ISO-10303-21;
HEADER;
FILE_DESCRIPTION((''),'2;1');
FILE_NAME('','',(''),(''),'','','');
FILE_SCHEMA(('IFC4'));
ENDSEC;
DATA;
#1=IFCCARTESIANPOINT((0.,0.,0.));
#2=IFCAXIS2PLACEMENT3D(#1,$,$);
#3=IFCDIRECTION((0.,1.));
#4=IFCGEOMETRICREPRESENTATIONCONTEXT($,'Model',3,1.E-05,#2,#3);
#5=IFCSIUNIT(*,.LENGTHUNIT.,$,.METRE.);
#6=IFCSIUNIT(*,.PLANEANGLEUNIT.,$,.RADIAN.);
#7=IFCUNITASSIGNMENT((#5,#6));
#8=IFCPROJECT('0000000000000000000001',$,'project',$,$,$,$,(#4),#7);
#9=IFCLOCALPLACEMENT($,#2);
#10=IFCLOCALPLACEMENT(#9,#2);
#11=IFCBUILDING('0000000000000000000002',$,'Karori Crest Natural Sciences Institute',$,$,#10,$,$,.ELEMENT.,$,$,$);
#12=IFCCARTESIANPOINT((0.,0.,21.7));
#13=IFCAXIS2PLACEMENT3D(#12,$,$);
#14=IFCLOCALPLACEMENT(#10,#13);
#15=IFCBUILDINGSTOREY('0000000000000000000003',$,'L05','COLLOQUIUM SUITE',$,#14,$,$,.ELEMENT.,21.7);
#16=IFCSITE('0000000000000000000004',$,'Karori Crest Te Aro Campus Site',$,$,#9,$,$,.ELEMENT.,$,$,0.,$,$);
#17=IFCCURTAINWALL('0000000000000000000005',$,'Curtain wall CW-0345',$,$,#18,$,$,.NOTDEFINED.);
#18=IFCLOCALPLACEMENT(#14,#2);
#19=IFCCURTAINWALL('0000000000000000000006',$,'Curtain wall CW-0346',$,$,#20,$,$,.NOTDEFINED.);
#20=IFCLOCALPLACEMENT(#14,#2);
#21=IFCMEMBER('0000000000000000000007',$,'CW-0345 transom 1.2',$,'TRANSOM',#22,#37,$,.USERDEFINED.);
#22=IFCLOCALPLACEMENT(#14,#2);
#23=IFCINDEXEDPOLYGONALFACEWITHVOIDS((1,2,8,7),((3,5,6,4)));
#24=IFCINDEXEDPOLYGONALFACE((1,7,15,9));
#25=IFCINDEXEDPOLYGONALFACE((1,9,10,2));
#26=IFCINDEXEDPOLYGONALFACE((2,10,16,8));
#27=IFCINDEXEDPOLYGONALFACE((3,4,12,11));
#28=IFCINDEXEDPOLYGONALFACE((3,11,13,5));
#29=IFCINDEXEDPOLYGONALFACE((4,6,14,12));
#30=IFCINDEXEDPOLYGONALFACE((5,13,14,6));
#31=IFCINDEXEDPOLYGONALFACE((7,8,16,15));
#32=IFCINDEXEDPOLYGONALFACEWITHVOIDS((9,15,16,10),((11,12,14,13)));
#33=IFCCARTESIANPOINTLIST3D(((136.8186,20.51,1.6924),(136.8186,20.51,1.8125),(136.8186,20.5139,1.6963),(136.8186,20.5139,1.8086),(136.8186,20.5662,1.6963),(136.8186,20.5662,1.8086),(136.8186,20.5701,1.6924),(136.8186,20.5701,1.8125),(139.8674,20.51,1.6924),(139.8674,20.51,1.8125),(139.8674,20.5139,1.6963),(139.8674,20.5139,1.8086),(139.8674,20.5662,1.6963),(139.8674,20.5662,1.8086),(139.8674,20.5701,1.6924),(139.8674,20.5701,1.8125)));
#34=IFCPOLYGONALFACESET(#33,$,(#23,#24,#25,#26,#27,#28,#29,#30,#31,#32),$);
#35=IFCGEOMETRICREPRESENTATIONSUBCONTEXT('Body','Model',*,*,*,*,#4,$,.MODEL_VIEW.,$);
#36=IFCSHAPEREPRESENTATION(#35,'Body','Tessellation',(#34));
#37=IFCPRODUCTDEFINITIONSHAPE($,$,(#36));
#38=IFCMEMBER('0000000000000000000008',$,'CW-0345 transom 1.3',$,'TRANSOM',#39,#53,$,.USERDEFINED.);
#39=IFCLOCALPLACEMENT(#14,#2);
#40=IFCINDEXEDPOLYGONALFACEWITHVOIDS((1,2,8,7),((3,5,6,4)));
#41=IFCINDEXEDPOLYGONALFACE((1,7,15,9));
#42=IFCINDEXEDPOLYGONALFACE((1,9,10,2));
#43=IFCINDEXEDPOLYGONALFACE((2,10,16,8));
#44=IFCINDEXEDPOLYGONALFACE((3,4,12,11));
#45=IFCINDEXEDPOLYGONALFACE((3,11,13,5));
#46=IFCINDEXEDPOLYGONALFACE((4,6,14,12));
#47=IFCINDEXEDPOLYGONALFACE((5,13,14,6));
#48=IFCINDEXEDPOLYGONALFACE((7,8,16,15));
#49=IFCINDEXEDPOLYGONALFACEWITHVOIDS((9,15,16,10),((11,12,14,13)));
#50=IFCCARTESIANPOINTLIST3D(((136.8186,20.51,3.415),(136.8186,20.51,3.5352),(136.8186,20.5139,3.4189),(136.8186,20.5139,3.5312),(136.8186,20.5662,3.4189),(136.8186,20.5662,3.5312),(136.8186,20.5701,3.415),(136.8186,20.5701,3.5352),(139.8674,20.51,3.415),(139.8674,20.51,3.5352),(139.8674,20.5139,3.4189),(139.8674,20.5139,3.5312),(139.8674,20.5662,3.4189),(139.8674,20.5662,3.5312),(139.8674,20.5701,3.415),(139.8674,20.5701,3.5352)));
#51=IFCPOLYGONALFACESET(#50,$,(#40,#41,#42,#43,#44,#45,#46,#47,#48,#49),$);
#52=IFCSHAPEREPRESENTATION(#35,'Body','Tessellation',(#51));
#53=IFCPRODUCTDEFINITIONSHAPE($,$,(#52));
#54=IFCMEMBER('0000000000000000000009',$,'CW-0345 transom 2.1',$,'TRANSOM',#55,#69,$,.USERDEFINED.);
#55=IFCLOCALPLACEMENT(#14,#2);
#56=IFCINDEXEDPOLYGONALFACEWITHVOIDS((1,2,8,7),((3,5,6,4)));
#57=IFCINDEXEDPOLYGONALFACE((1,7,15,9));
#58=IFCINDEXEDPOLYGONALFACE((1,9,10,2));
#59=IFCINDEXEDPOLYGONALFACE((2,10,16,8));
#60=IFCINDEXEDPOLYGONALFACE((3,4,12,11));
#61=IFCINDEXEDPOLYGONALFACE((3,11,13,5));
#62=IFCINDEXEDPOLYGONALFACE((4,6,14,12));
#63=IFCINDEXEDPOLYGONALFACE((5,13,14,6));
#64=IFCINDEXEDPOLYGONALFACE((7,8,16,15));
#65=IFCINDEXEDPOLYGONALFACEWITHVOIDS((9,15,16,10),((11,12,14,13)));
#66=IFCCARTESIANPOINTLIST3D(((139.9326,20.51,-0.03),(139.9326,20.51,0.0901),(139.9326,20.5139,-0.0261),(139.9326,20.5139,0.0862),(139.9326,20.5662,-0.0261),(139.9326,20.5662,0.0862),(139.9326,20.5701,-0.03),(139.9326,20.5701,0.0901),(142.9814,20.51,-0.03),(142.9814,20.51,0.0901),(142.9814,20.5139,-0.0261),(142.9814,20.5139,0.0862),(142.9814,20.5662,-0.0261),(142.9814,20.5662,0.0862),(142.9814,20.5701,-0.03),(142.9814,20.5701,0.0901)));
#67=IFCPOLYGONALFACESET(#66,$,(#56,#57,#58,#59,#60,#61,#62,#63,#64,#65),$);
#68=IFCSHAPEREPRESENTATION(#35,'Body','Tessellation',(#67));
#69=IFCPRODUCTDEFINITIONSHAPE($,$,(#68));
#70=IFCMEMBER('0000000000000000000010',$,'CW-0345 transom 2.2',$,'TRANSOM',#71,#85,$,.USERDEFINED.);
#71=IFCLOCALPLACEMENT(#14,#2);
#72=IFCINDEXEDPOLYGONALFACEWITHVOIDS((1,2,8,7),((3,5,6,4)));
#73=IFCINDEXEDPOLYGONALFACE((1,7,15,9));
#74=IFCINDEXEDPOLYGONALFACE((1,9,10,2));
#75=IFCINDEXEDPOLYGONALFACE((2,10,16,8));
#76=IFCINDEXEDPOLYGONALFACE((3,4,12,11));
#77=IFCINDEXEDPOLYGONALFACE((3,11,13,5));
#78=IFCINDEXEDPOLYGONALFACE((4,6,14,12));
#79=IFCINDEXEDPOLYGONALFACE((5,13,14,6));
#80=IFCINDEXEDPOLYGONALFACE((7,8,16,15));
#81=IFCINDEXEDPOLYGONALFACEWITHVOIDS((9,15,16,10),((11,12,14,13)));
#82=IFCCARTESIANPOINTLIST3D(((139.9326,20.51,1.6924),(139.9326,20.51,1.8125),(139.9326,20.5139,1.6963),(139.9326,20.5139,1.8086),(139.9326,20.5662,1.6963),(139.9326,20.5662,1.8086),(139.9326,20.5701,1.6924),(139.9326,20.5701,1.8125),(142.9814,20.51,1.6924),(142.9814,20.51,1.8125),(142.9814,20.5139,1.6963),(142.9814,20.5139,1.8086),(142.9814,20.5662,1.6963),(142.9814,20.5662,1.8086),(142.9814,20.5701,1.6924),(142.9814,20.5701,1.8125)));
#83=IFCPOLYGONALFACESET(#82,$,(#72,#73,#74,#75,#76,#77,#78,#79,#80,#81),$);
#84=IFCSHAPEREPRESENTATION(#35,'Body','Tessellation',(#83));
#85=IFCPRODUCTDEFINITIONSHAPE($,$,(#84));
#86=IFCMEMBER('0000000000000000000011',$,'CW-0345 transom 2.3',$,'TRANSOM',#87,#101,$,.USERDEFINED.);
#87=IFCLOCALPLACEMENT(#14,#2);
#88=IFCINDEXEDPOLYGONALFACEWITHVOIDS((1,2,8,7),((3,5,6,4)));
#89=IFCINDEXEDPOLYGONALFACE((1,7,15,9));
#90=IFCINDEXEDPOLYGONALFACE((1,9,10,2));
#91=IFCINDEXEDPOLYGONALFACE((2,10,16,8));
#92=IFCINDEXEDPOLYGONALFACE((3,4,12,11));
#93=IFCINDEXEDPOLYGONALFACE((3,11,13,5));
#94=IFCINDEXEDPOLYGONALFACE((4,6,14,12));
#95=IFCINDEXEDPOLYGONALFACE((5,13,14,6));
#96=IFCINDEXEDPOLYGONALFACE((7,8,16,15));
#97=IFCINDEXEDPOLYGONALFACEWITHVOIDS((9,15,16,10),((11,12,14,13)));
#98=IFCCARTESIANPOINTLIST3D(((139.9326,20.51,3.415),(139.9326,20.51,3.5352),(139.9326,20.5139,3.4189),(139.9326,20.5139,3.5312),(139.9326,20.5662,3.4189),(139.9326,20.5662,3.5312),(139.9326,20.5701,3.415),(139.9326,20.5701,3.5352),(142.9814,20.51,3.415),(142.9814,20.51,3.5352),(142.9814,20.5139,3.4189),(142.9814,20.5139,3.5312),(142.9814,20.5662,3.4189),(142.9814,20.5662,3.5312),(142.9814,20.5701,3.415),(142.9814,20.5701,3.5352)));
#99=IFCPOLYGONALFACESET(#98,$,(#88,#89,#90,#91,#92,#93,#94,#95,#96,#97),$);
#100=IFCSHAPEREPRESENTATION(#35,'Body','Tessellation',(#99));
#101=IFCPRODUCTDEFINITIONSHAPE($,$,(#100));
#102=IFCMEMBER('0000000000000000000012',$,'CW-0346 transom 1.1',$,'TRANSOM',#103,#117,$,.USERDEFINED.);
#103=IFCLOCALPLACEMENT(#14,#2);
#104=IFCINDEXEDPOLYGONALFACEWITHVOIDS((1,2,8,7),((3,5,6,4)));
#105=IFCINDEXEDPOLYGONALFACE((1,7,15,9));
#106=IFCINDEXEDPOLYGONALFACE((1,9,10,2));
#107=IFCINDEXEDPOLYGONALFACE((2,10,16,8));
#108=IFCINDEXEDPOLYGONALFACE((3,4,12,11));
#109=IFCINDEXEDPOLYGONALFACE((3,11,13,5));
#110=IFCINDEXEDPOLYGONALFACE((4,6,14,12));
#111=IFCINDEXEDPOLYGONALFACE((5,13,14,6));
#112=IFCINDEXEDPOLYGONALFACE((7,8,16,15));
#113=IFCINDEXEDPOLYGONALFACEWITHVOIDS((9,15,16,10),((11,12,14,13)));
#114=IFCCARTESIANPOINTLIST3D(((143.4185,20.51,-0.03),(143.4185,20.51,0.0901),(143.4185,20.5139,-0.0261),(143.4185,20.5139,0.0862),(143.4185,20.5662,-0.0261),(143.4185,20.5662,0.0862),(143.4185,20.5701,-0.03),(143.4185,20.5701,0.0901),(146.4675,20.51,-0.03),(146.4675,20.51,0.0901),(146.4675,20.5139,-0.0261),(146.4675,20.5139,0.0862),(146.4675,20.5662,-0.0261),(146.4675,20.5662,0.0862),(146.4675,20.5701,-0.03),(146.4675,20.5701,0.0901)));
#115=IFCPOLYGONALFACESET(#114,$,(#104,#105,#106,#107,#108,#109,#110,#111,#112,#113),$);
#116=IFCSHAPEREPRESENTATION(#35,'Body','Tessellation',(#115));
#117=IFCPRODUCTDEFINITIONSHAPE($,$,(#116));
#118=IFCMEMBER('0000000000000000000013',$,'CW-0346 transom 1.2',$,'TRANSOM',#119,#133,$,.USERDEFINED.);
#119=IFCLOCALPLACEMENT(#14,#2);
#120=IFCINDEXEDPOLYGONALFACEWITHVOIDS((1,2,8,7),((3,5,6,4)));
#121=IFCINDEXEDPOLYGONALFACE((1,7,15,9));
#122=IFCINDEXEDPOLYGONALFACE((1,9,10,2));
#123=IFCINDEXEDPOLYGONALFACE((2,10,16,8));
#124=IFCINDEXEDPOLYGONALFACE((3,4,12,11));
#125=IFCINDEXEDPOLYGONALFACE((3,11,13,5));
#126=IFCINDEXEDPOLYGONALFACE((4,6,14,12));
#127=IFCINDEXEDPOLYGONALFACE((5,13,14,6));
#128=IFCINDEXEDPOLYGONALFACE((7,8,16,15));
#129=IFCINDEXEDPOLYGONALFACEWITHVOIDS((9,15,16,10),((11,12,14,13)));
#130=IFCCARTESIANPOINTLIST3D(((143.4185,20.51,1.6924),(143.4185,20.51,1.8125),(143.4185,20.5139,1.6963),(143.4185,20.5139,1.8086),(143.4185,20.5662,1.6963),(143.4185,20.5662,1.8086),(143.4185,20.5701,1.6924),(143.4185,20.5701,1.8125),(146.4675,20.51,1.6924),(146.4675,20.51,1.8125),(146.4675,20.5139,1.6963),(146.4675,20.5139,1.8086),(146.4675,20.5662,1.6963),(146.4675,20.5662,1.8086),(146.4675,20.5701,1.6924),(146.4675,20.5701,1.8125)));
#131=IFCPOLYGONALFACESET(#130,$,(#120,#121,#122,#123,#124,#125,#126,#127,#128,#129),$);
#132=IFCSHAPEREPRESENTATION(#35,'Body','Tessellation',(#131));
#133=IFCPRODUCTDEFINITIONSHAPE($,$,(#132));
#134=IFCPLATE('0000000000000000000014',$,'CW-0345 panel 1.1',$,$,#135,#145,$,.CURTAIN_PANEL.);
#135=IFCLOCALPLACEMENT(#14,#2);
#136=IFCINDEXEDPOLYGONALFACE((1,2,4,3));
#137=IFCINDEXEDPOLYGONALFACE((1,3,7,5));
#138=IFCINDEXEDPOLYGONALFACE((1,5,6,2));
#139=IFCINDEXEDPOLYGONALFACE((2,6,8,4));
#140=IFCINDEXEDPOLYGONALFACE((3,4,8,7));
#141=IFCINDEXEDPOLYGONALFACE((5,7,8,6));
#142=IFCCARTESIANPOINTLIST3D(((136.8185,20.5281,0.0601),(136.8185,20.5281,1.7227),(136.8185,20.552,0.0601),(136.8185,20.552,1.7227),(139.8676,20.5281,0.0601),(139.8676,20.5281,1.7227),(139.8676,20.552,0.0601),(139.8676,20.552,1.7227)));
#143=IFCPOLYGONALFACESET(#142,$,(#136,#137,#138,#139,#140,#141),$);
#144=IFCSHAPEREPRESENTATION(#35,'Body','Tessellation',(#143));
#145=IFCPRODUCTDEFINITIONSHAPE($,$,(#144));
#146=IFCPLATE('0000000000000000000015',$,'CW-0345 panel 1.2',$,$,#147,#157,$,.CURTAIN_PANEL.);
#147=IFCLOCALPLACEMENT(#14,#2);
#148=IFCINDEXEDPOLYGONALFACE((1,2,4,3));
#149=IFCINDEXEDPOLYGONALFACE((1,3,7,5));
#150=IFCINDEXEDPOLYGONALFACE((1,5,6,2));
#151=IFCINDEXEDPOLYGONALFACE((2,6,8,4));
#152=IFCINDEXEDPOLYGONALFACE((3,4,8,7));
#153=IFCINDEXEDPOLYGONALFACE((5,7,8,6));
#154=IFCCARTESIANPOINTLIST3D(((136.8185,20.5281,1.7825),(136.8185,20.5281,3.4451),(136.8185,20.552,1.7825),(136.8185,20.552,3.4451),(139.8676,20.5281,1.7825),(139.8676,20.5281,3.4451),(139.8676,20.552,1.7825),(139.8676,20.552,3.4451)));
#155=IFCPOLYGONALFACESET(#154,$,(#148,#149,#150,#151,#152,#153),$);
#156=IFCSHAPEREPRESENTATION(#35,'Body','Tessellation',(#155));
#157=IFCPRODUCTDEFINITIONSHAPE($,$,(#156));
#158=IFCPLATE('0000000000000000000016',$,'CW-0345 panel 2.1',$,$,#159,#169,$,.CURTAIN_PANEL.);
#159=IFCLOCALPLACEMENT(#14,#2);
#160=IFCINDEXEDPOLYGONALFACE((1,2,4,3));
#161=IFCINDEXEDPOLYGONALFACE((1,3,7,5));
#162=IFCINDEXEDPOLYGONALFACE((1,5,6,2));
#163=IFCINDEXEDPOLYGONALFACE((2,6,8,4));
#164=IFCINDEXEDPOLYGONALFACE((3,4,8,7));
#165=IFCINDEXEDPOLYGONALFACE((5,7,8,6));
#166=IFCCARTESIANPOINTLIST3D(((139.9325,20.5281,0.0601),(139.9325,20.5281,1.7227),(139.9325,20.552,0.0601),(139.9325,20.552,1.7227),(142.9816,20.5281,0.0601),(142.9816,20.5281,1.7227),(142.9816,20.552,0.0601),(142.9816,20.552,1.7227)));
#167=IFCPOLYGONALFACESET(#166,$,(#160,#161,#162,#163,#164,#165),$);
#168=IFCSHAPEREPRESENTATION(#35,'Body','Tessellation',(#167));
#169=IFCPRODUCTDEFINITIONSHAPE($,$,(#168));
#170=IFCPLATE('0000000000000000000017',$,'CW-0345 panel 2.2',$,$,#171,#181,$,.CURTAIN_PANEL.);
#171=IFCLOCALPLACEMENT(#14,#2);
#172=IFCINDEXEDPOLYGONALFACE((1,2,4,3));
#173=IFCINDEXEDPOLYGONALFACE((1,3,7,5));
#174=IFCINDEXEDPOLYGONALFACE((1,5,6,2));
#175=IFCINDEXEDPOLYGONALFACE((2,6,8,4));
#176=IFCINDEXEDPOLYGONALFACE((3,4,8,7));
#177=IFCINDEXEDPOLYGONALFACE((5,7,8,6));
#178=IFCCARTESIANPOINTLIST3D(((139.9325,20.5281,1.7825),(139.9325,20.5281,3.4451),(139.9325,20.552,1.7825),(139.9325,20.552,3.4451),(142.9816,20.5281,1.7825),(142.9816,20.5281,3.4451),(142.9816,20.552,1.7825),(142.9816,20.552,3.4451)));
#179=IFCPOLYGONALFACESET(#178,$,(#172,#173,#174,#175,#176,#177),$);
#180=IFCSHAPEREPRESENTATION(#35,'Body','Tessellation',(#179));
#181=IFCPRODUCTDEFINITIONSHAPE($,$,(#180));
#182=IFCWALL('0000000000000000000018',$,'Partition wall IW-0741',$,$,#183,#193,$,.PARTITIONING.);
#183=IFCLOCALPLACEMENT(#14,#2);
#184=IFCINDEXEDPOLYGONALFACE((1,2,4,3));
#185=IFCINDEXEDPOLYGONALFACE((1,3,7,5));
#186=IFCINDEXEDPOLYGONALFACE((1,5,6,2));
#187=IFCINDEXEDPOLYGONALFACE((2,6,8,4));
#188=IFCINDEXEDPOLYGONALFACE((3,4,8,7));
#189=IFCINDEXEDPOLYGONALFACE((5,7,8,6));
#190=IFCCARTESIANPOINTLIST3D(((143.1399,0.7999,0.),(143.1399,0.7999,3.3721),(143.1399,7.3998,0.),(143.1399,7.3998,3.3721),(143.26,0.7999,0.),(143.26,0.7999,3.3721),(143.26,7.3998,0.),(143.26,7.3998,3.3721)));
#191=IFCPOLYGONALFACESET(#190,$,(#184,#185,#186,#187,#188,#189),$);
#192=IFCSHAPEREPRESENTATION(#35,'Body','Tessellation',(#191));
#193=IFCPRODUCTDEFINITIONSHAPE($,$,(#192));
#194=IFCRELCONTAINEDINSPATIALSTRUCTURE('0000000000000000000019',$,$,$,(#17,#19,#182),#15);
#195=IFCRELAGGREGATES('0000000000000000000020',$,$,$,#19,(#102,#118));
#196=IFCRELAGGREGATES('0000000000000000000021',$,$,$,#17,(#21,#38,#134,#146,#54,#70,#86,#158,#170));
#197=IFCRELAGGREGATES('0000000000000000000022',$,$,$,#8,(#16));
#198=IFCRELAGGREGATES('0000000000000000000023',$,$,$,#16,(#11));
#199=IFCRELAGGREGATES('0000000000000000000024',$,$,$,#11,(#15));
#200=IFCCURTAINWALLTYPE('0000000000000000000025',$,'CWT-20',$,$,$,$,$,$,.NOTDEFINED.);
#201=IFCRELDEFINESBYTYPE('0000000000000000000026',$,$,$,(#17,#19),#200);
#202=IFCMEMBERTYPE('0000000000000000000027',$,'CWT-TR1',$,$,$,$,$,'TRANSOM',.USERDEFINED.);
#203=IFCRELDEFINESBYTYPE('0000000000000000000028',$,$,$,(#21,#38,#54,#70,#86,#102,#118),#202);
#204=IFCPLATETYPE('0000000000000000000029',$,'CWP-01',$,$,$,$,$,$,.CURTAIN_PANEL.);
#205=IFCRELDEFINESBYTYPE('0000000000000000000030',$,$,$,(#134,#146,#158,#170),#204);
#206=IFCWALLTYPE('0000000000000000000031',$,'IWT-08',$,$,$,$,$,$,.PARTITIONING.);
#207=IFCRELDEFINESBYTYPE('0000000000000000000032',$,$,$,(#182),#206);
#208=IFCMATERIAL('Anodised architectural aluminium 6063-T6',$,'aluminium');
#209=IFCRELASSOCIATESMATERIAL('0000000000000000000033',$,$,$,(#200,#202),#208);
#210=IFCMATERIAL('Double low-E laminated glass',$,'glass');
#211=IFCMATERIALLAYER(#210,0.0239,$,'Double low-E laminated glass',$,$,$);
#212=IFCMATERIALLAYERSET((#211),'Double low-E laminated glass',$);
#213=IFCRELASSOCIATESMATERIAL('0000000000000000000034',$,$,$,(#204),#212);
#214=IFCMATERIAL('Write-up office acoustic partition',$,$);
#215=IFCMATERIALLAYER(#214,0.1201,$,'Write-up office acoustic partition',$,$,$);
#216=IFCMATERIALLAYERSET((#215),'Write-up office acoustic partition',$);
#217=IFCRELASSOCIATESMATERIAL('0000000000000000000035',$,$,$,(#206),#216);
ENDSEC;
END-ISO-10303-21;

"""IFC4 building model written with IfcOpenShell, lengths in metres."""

from ifc_helpers import new_model, si_unit, direction, frame, frame_2d, origin, origin_2d, place, context, subcontext, project, spatial, rectangle, hollow_rectangle, extrude, material, layer, layer_set, material_profile, profile_set, type_object, element, aggregate, save


model = new_model("IFC4")

# Units and contexts
model_context = context("Model", 3, precision=1e-05, world=origin(), true_north=direction((0.0, 1.0)))
body_context = subcontext(model_context, "Body", "Model", "MODEL_VIEW")
ifc_project = project(units=[si_unit("LENGTHUNIT", "METRE"), si_unit("PLANEANGLEUNIT", "RADIAN")], contexts=[model_context])

# Site, building, storey
site_placement = place(None, origin())
site = spatial("IfcSite", under=ifc_project, at=site_placement, Name="Karori Crest Te Aro Campus Site", CompositionType="ELEMENT", RefElevation=0.0)
building_placement = place(site_placement, origin())
building = spatial("IfcBuilding", under=site, at=building_placement, Name="Karori Crest Natural Sciences Institute", CompositionType="ELEMENT")
storey_placement = place(building_placement, frame((0.0, 0.0, 21.7)))
storey = spatial("IfcBuildingStorey", under=building, at=storey_placement, Name="L05", Description="COLLOQUIUM SUITE", CompositionType="ELEMENT", Elevation=21.7)

# Curtain wall
ifc_material_1 = material(Name="Anodised architectural aluminium 6063-T6", Category="aluminium")
curtain_wall_type = type_object("IfcCurtainWallType", Name="CWT-20", PredefinedType="NOTDEFINED", material=ifc_material_1)
curtain_wall_1_placement = place(storey_placement, origin())
curtain_wall_1 = element("IfcCurtainWall", 1, at=curtain_wall_1_placement, inside=storey, type_object=curtain_wall_type, Name="Curtain wall CW-0345", PredefinedType="NOTDEFINED")

# Curtain wall
curtain_wall_2_placement = place(storey_placement, origin())
curtain_wall_2 = element("IfcCurtainWall", 2, at=curtain_wall_2_placement, inside=storey, type_object=curtain_wall_type, Name="Curtain wall CW-0346", PredefinedType="NOTDEFINED")

# Members
ifc_material_profile_1 = material_profile(ifc_material_1, hollow_rectangle(XDim=0.0601, YDim=0.1201, WallThickness=0.0039, at=origin_2d()), Name="CWT120x60x4")
ifc_profile_set_1 = profile_set([ifc_material_profile_1], Name="Anodised architectural aluminium 6063-T6")
member_type_1 = type_object("IfcMemberType", Name="CWT-TR1", ElementType="TRANSOM", PredefinedType="USERDEFINED", material=ifc_profile_set_1)
member_1_placement = place(storey_placement, frame((136.8186, 20.54, 1.7524), z_axis=(1.0, 0.0, 0.0), x_axis=(0.0, 1.0, 0.0)))
member_1 = element("IfcMember", 3, at=member_1_placement, type_object=member_type_1, Name="CW-0345 transom 1.2", ObjectType="TRANSOM", PredefinedType="USERDEFINED", context=body_context, shape_type="SweptSolid", body=[
    extrude(hollow_rectangle(XDim=0.0601, YDim=0.1201, WallThickness=0.0039, at=origin_2d()), origin(), (0.0, 0.0, 1.0), 3.0488),
])
member_2_placement = place(storey_placement, frame((136.8186, 20.54, 3.4751), z_axis=(1.0, 0.0, 0.0), x_axis=(0.0, 1.0, 0.0)))
member_2 = element("IfcMember", 4, at=member_2_placement, type_object=member_type_1, Name="CW-0345 transom 1.3", ObjectType="TRANSOM", PredefinedType="USERDEFINED", context=body_context, shape_type="SweptSolid", body=[
    extrude(hollow_rectangle(XDim=0.0601, YDim=0.1201, WallThickness=0.0039, at=origin_2d()), origin(), (0.0, 0.0, 1.0), 3.0488),
])
member_3_placement = place(storey_placement, frame((139.9326, 20.54, 0.03), z_axis=(1.0, 0.0, 0.0), x_axis=(0.0, 1.0, 0.0)))
member_3 = element("IfcMember", 5, at=member_3_placement, type_object=member_type_1, Name="CW-0345 transom 2.1", ObjectType="TRANSOM", PredefinedType="USERDEFINED", context=body_context, shape_type="SweptSolid", body=[
    extrude(hollow_rectangle(XDim=0.0601, YDim=0.1201, WallThickness=0.0039, at=origin_2d()), origin(), (0.0, 0.0, 1.0), 3.0488),
])
member_4_placement = place(storey_placement, frame((139.9326, 20.54, 1.7524), z_axis=(1.0, 0.0, 0.0), x_axis=(0.0, 1.0, 0.0)))
member_4 = element("IfcMember", 6, at=member_4_placement, type_object=member_type_1, Name="CW-0345 transom 2.2", ObjectType="TRANSOM", PredefinedType="USERDEFINED", context=body_context, shape_type="SweptSolid", body=[
    extrude(hollow_rectangle(XDim=0.0601, YDim=0.1201, WallThickness=0.0039, at=origin_2d()), origin(), (0.0, 0.0, 1.0), 3.0488),
])
member_5_placement = place(storey_placement, frame((139.9326, 20.54, 3.4751), z_axis=(1.0, 0.0, 0.0), x_axis=(0.0, 1.0, 0.0)))
member_5 = element("IfcMember", 7, at=member_5_placement, type_object=member_type_1, Name="CW-0345 transom 2.3", ObjectType="TRANSOM", PredefinedType="USERDEFINED", context=body_context, shape_type="SweptSolid", body=[
    extrude(hollow_rectangle(XDim=0.0601, YDim=0.1201, WallThickness=0.0039, at=origin_2d()), origin(), (0.0, 0.0, 1.0), 3.0488),
])
member_6_placement = place(storey_placement, frame((143.4185, 20.54, 0.03), z_axis=(1.0, 0.0, 0.0), x_axis=(0.0, 1.0, 0.0)))
member_6 = element("IfcMember", 8, at=member_6_placement, type_object=member_type_1, Name="CW-0346 transom 1.1", ObjectType="TRANSOM", PredefinedType="USERDEFINED", context=body_context, shape_type="SweptSolid", body=[
    extrude(hollow_rectangle(XDim=0.0601, YDim=0.1201, WallThickness=0.0039, at=origin_2d()), origin(), (0.0, 0.0, 1.0), 3.0491),
])
member_7_placement = place(storey_placement, frame((143.4185, 20.54, 1.7524), z_axis=(1.0, 0.0, 0.0), x_axis=(0.0, 1.0, 0.0)))
member_7 = element("IfcMember", 9, at=member_7_placement, type_object=member_type_1, Name="CW-0346 transom 1.2", ObjectType="TRANSOM", PredefinedType="USERDEFINED", context=body_context, shape_type="SweptSolid", body=[
    extrude(hollow_rectangle(XDim=0.0601, YDim=0.1201, WallThickness=0.0039, at=origin_2d()), origin(), (0.0, 0.0, 1.0), 3.0491),
])
aggregate(curtain_wall_2, [member_6, member_7])

# Plates
ifc_material_2 = material(Name="Double low-E laminated glass", Category="glass")
ifc_layer_1 = layer(ifc_material_2, 0.0239, Name="Double low-E laminated glass")
ifc_layer_set_1 = layer_set([ifc_layer_1], Name="Double low-E laminated glass")
plate_type = type_object("IfcPlateType", Name="CWP-01", PredefinedType="CURTAIN_PANEL", material=ifc_layer_set_1)
plate_1_placement = place(storey_placement, frame((138.343, 20.54, 0.0601), z_axis=(0.0, 0.0, 1.0), x_axis=(1.0, 0.0, 0.0)))
plate_1 = element("IfcPlate", 10, at=plate_1_placement, type_object=plate_type, Name="CW-0345 panel 1.1", PredefinedType="CURTAIN_PANEL", context=body_context, shape_type="SweptSolid", body=[
    extrude(rectangle(XDim=3.0491, YDim=0.0239, at=origin_2d()), origin(), (0.0, 0.0, 1.0), 1.6626),
])
plate_2_placement = place(storey_placement, frame((138.343, 20.54, 1.7825), z_axis=(0.0, 0.0, 1.0), x_axis=(1.0, 0.0, 0.0)))
plate_2 = element("IfcPlate", 11, at=plate_2_placement, type_object=plate_type, Name="CW-0345 panel 1.2", PredefinedType="CURTAIN_PANEL", context=body_context, shape_type="SweptSolid", body=[
    extrude(rectangle(XDim=3.0491, YDim=0.0239, at=origin_2d()), origin(), (0.0, 0.0, 1.0), 1.6626),
])
plate_3_placement = place(storey_placement, frame((141.457, 20.54, 0.0601), z_axis=(0.0, 0.0, 1.0), x_axis=(1.0, 0.0, 0.0)))
plate_3 = element("IfcPlate", 12, at=plate_3_placement, type_object=plate_type, Name="CW-0345 panel 2.1", PredefinedType="CURTAIN_PANEL", context=body_context, shape_type="SweptSolid", body=[
    extrude(rectangle(XDim=3.0491, YDim=0.0239, at=origin_2d()), origin(), (0.0, 0.0, 1.0), 1.6626),
])
plate_4_placement = place(storey_placement, frame((141.457, 20.54, 1.7825), z_axis=(0.0, 0.0, 1.0), x_axis=(1.0, 0.0, 0.0)))
plate_4 = element("IfcPlate", 13, at=plate_4_placement, type_object=plate_type, Name="CW-0345 panel 2.2", PredefinedType="CURTAIN_PANEL", context=body_context, shape_type="SweptSolid", body=[
    extrude(rectangle(XDim=3.0491, YDim=0.0239, at=origin_2d()), origin(), (0.0, 0.0, 1.0), 1.6626),
])
aggregate(curtain_wall_1, [member_1, member_2, plate_1, plate_2, member_3, member_4, member_5, plate_3, plate_4])

# Wall
ifc_material_3 = material(Name="Write-up office acoustic partition")
ifc_layer_2 = layer(ifc_material_3, 0.1201, Name="Write-up office acoustic partition")
ifc_layer_set_2 = layer_set([ifc_layer_2], Name="Write-up office acoustic partition")
wall_type = type_object("IfcWallType", Name="IWT-08", PredefinedType="PARTITIONING", material=ifc_layer_set_2)
wall_1_placement = place(storey_placement, frame((143.2, 0.8, 0.0), z_axis=(0.0, 0.0, 1.0), x_axis=(0.0, 1.0, 0.0)))
element("IfcWall", 14, at=wall_1_placement, inside=storey, type_object=wall_type, Name="Partition wall IW-0741", PredefinedType="PARTITIONING", context=body_context, shape_type="SweptSolid", body=[
    extrude(rectangle(XDim=6.5999, YDim=0.1201, at=frame_2d((3.2998, 0.0))), origin(), (0.0, 0.0, 1.0), 3.3721),
])

save(model, "model.ifc")
